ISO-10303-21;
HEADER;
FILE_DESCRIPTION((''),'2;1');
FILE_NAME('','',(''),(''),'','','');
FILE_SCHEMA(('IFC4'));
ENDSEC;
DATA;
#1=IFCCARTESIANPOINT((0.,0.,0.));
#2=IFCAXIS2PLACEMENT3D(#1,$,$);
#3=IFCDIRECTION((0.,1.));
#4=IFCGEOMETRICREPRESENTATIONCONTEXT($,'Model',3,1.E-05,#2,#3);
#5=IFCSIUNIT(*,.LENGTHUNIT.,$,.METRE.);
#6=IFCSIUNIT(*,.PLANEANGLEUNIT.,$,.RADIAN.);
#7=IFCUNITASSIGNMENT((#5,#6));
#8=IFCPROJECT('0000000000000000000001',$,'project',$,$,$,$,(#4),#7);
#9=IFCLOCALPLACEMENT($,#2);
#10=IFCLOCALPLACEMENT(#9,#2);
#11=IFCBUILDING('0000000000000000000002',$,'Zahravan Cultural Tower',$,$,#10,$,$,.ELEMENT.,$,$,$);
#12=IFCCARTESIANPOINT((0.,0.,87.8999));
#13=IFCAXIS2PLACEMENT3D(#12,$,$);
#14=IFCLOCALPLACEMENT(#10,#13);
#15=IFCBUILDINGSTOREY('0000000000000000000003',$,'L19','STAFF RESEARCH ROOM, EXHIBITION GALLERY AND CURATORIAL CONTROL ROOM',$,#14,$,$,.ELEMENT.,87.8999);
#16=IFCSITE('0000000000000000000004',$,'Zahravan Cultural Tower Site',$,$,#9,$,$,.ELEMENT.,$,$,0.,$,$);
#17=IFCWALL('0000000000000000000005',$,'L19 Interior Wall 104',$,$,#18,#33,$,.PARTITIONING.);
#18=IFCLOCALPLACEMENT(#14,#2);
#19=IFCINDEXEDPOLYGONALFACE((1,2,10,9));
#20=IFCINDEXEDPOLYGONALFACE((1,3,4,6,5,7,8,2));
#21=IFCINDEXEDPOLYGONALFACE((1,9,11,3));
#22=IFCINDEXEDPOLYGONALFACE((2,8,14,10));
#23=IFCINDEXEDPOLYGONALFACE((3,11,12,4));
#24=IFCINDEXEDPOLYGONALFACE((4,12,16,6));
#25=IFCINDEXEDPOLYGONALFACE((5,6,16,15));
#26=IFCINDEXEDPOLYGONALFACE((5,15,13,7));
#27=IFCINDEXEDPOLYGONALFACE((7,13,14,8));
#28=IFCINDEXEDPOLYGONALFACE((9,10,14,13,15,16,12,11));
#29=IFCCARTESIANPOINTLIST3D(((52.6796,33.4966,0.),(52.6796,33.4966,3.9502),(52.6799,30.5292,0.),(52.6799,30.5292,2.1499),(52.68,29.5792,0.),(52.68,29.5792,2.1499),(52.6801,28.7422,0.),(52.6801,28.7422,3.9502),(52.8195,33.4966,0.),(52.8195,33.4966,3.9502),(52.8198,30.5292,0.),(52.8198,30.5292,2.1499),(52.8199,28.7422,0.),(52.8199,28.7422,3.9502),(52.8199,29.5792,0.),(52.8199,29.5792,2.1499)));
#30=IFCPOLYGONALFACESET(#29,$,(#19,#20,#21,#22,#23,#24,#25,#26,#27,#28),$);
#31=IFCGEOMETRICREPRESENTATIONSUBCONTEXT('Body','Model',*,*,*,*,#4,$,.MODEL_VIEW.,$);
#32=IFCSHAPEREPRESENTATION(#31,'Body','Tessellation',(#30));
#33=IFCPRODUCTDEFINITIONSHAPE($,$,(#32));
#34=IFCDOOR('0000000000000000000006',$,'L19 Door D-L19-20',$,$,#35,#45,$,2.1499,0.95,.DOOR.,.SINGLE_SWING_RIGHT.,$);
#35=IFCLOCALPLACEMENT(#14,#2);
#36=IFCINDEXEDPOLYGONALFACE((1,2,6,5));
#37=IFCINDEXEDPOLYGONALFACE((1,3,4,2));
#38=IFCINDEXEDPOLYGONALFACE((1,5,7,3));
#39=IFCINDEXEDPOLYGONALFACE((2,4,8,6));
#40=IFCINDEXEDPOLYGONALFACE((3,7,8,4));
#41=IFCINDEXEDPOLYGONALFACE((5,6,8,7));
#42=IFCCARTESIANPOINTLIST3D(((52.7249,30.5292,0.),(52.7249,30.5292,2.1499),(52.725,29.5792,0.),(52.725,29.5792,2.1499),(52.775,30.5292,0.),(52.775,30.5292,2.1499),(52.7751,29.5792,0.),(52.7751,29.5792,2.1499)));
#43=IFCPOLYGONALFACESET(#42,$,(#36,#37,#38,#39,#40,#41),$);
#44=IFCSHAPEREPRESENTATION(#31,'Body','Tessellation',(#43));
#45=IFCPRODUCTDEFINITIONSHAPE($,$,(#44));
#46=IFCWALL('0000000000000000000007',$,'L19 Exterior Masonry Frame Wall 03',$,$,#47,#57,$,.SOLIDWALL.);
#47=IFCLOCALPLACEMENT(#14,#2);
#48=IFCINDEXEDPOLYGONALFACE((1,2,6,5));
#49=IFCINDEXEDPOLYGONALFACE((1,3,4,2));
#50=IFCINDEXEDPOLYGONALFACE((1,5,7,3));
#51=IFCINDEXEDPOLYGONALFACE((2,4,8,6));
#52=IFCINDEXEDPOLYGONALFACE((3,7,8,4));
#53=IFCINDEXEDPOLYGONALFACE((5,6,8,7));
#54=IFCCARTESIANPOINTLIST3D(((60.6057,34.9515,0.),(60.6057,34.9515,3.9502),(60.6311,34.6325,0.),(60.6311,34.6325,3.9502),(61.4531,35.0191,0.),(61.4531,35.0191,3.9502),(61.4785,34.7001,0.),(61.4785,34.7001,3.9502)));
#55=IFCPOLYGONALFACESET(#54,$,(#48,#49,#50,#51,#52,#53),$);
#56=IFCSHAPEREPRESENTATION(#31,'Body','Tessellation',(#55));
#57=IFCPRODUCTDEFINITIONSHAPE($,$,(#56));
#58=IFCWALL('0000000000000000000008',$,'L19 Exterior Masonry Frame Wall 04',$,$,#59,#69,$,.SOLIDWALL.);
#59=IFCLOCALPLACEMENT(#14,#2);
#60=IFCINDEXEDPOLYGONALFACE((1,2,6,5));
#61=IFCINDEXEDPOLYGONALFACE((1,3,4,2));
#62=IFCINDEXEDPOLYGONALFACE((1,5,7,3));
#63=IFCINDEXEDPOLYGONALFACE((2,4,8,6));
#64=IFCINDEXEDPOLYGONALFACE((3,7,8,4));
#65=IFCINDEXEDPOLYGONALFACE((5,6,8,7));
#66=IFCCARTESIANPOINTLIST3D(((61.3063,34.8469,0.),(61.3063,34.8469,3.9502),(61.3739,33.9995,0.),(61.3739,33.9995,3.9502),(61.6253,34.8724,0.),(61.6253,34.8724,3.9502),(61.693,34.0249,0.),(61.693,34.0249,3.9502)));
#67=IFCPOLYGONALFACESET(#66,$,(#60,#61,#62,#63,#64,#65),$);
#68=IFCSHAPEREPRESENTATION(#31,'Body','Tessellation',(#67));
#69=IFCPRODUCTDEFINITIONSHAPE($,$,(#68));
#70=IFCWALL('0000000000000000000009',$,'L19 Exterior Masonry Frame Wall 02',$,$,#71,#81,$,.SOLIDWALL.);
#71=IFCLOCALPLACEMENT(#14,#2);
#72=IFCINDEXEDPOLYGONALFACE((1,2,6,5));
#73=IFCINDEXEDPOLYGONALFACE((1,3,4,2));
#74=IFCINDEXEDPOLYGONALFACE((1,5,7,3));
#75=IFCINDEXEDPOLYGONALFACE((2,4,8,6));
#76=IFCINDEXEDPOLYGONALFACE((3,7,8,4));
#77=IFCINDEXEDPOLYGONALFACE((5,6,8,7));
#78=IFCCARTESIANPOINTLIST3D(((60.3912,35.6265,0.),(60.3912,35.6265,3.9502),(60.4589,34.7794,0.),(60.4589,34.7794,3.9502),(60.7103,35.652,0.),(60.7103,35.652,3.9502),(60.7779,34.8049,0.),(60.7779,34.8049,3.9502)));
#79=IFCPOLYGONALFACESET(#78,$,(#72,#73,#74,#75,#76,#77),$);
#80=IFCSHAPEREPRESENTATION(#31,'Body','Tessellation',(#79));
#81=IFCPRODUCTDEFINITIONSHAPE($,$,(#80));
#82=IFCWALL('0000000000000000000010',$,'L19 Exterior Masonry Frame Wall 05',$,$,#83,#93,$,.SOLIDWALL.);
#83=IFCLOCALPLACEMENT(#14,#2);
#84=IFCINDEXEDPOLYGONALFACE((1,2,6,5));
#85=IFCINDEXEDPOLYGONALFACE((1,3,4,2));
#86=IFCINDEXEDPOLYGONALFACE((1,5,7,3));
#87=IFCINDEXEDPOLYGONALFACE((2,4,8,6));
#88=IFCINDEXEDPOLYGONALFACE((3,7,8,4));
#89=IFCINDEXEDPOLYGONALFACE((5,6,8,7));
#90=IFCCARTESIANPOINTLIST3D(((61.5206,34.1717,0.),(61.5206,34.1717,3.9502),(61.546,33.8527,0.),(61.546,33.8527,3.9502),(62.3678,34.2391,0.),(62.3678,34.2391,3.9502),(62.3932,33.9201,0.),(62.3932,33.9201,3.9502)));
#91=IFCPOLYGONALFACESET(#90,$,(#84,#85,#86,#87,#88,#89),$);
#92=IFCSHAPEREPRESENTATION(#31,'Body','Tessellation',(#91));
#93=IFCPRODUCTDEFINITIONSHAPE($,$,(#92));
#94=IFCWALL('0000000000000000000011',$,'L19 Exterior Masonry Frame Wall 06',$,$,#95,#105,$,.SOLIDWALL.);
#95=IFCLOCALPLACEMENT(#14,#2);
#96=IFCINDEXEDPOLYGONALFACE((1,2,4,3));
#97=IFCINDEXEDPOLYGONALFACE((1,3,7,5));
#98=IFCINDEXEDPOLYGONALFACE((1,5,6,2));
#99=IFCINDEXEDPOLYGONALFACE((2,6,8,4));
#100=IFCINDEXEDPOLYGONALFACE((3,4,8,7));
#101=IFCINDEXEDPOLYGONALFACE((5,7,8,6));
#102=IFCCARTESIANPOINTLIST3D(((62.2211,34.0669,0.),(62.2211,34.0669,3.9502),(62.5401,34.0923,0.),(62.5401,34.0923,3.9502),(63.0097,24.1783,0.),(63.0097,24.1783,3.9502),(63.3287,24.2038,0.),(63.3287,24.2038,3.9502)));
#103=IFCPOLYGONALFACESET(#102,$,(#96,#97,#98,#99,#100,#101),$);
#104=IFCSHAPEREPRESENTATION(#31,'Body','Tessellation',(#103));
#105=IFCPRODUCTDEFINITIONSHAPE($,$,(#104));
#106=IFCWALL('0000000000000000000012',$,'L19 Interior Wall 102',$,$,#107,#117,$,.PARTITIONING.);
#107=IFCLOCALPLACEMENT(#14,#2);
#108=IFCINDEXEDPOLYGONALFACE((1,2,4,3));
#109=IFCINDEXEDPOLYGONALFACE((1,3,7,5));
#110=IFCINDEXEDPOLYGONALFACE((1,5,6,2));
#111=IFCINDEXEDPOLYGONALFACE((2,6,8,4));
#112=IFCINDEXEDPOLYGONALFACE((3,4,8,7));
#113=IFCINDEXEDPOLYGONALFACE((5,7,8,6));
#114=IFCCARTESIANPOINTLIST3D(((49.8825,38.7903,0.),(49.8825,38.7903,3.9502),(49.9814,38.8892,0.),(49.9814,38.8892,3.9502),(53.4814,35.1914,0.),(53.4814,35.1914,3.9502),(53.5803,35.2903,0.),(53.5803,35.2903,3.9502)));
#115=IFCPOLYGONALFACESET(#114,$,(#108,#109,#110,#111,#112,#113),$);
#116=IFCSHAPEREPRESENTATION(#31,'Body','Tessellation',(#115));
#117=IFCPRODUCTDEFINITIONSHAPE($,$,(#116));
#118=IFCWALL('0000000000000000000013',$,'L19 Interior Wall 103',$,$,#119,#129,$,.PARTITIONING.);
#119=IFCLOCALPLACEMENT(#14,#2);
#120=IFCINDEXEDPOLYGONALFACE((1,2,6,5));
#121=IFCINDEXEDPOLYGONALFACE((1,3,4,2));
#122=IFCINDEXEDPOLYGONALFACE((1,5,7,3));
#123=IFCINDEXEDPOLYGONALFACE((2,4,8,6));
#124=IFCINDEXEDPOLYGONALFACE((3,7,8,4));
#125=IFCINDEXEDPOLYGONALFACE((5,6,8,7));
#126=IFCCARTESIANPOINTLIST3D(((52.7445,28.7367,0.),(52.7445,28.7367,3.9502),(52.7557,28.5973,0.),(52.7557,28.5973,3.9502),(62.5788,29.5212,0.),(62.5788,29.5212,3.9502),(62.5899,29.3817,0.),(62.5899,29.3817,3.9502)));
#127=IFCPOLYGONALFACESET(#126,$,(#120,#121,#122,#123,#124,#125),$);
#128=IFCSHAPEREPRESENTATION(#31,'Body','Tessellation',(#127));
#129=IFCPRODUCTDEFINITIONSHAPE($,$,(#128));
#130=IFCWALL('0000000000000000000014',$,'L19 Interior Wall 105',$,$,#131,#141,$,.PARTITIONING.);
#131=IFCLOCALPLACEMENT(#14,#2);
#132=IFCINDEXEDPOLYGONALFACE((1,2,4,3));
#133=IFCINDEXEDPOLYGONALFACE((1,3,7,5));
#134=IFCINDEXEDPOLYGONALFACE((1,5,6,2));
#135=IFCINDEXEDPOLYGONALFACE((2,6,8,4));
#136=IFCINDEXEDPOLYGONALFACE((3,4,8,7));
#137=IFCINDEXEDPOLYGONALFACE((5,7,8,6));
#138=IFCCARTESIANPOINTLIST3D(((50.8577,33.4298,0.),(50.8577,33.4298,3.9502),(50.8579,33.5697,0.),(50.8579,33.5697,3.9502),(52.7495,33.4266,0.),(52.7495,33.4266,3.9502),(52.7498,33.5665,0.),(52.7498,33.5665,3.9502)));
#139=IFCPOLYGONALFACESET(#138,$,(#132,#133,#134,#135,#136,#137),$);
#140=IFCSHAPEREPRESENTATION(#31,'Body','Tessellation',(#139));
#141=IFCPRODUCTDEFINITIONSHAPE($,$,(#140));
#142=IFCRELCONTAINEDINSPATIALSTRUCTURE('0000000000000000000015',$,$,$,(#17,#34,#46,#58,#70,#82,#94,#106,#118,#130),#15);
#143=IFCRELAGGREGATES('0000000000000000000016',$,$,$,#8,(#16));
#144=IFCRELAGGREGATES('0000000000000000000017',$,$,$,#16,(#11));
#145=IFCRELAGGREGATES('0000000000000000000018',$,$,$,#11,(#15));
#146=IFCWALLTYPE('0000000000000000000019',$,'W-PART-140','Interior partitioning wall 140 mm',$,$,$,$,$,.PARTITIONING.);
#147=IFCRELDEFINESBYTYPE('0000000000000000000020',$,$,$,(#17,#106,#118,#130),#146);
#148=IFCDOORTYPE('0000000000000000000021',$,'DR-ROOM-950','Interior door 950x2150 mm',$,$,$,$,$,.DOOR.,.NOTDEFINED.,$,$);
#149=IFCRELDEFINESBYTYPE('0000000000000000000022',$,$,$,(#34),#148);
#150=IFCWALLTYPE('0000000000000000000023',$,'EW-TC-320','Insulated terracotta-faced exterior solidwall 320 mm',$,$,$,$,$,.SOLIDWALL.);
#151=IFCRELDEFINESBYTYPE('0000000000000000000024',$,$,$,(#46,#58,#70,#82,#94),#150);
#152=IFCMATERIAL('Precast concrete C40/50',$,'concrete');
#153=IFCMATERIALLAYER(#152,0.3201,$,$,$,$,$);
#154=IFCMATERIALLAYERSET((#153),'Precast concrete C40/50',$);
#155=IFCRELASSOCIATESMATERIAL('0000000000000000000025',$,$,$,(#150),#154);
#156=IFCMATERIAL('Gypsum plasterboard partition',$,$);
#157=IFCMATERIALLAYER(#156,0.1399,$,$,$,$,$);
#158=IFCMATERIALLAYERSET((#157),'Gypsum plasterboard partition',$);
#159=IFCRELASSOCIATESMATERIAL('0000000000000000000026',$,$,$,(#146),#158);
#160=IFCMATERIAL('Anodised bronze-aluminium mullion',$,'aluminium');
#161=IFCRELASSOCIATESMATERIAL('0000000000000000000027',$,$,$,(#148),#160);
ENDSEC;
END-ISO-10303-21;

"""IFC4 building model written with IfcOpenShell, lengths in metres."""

from ifc_helpers import new_model, si_unit, direction, frame, frame_2d, origin, place, context, subcontext, project, spatial, rectangle, extrude, source, transform, mapped, material, layer, layer_set, type_object, element, fill, save


model = new_model("IFC4")

# Units and contexts
model_context = context("Model", 3, precision=1e-05, world=origin(), true_north=direction((0.0, 1.0)))
body_context = subcontext(model_context, "Body", "Model", "MODEL_VIEW")
ifc_project = project(units=[si_unit("LENGTHUNIT", "METRE"), si_unit("PLANEANGLEUNIT", "RADIAN")], contexts=[model_context])

# Site, building, storey
site_placement = place(None, origin())
site = spatial("IfcSite", under=ifc_project, at=site_placement, Name="Zahravan Cultural Tower Site", CompositionType="ELEMENT", RefElevation=0.0)
building_placement = place(site_placement, origin())
building = spatial("IfcBuilding", under=site, at=building_placement, Name="Zahravan Cultural Tower", CompositionType="ELEMENT")
storey_placement = place(building_placement, frame((0.0, 0.0, 87.8999)))
storey = spatial("IfcBuildingStorey", under=building, at=storey_placement, Name="L19", Description="STAFF RESEARCH ROOM, EXHIBITION GALLERY AND CURATORIAL CONTROL ROOM", CompositionType="ELEMENT", Elevation=87.8999)

# Shared definitions
ifc_material_1 = material(Name="Precast concrete C40/50", Category="concrete")
ifc_layer_1 = layer(ifc_material_1, 0.3201)
ifc_layer_set_1 = layer_set([ifc_layer_1], Name="Precast concrete C40/50")
wall_type_1 = type_object("IfcWallType", Name="EW-TC-320", Description="Insulated terracotta-faced exterior solidwall 320 mm", PredefinedType="SOLIDWALL", material=ifc_layer_set_1)

# Wall, opening, door
ifc_material_2 = material(Name="Gypsum plasterboard partition")
ifc_layer_2 = layer(ifc_material_2, 0.1399)
ifc_layer_set_2 = layer_set([ifc_layer_2], Name="Gypsum plasterboard partition")
wall_type_2 = type_object("IfcWallType", Name="W-PART-140", Description="Interior partitioning wall 140 mm", PredefinedType="PARTITIONING", material=ifc_layer_set_2)
wall_1_placement = place(storey_placement, frame((52.75, 28.7422, 0.0), z_axis=(0.0, 0.0, 1.0), x_axis=(-0.000103, 1.0, 0.0)))
wall_1 = element("IfcWall", 1, at=wall_1_placement, inside=storey, type_object=wall_type_2, Name="L19 Interior Wall 104", PredefinedType="PARTITIONING", context=body_context, shape_type="SweptSolid", body=[
    extrude(rectangle(XDim=4.7544, YDim=0.1399, at=frame_2d((2.3772, 0.0))), origin(), (0.0, 0.0, 1.0), 3.9502),
])
opening_1_placement = place(wall_1_placement, frame((0.8369, 0.0, 0.0)))
opening_1 = element("IfcOpeningElement", 2, at=opening_1_placement, cuts=wall_1, PredefinedType="OPENING", context=body_context, shape_type="SweptSolid", body=[
    extrude(rectangle(XDim=0.95, YDim=2.1499, at=frame_2d((0.4751, 1.075))), frame((0.0, 0.0798, 0.0), z_axis=(0.0, -1.0, 0.0), x_axis=(1.0, 0.0, 0.0)), (0.0, 0.0, 1.0), 0.1599),
])
ifc_material_3 = material(Name="Anodised bronze-aluminium mullion", Category="aluminium")
door_type = type_object("IfcDoorType", Name="DR-ROOM-950", Description="Interior door 950x2150 mm", OperationType="NOTDEFINED", PredefinedType="DOOR", material=ifc_material_3)
shared_shape_1 = source(origin(), body_context, "Body", "SweptSolid", [
    extrude(rectangle(XDim=0.95, YDim=2.1499, at=frame_2d((0.4751, 1.075))), frame((0.0, 0.0249, 0.0), z_axis=(0.0, -1.0, 0.0), x_axis=(1.0, 0.0, 0.0)), (0.0, 0.0, 1.0), 0.05),
])
door_placement = place(opening_1_placement, origin())
door = element("IfcDoor", 3, at=door_placement, inside=storey, type_object=door_type, Name="L19 Door D-L19-20", OperationType="SINGLE_SWING_RIGHT", OverallHeight=2.1499, OverallWidth=0.95, PredefinedType="DOOR", context=body_context, shape_type="MappedRepresentation", body=[
    mapped(shared_shape_1, transform((0.0, 0.0, 0.0), x_axis=(1.0, 0.0, 0.0), y_axis=(0.0, 1.0, 0.0), z_axis=(0.0, 0.0, 1.0), scale=1.0)),
])
fill(opening_1, door)

# Walls
shared_shape_2 = source(origin(), body_context, "Body", "SweptSolid", [
    extrude(rectangle(XDim=0.8501, YDim=0.3201, at=frame_2d((0.425, 0.0))), origin(), (0.0, 0.0, 1.0), 3.9502),
])
for number, where, z_axis, x_axis, name in (
    (4, (60.6184, 34.792, 0.0), (0.0, 0.0, 1.0), (0.996831, 0.079551, 0.0), "L19 Exterior Masonry Frame Wall 03"),
    (5, (61.4658, 34.8596, 0.0), (0.0, 0.0, 1.0), (0.079551, -0.996831, 0.0), "L19 Exterior Masonry Frame Wall 04"),
):
    element("IfcWall", number, at=place(storey_placement, frame(where, z_axis=z_axis, x_axis=x_axis)), inside=storey, type_object=wall_type_1, Name=name, PredefinedType="SOLIDWALL", context=body_context, shape_type="MappedRepresentation", body=[
        mapped(shared_shape_2, transform((0.0, 0.0, 0.0), x_axis=(1.0, 0.0, 0.0), y_axis=(0.0, 1.0, 0.0), z_axis=(0.0, 0.0, 1.0), scale=1.0)),
    ])
shared_shape_3 = source(origin(), body_context, "Body", "SweptSolid", [
    extrude(rectangle(XDim=0.8499, YDim=0.3201, at=frame_2d((0.4248, 0.0))), origin(), (0.0, 0.0, 1.0), 3.9502),
])
for number, where, z_axis, x_axis, name in (
    (6, (60.5508, 35.6392, 0.0), (0.0, 0.0, 1.0), (0.079574, -0.996829, 0.0), "L19 Exterior Masonry Frame Wall 02"),
    (7, (61.5334, 34.0122, 0.0), (0.0, 0.0, 1.0), (0.996852, 0.079288, 0.0), "L19 Exterior Masonry Frame Wall 05"),
):
    element("IfcWall", number, at=place(storey_placement, frame(where, z_axis=z_axis, x_axis=x_axis)), inside=storey, type_object=wall_type_1, Name=name, PredefinedType="SOLIDWALL", context=body_context, shape_type="MappedRepresentation", body=[
        mapped(shared_shape_3, transform((0.0, 0.0, 0.0), x_axis=(1.0, 0.0, 0.0), y_axis=(0.0, 1.0, 0.0), z_axis=(0.0, 0.0, 1.0), scale=1.0)),
    ])
shared_shape_4 = source(origin(), body_context, "Body", "SweptSolid", [
    extrude(rectangle(XDim=9.9199, YDim=0.3201, at=frame_2d((4.96, 0.0))), origin(), (0.0, 0.0, 1.0), 3.9502),
])
wall_2_placement = place(storey_placement, frame((62.3806, 34.0796, 0.0), z_axis=(0.0, 0.0, 1.0), x_axis=(0.079495, -0.996835, 0.0)))
element("IfcWall", 8, at=wall_2_placement, inside=storey, type_object=wall_type_1, Name="L19 Exterior Masonry Frame Wall 06", PredefinedType="SOLIDWALL", context=body_context, shape_type="MappedRepresentation", body=[
    mapped(shared_shape_4, transform((0.0, 0.0, 0.0), x_axis=(1.0, 0.0, 0.0), y_axis=(0.0, 1.0, 0.0), z_axis=(0.0, 0.0, 1.0), scale=1.0)),
])
shared_shape_5 = source(origin(), body_context, "Body", "SweptSolid", [
    extrude(rectangle(XDim=5.0896, YDim=0.1399, at=frame_2d((2.5449, 0.0))), origin(), (0.0, 0.0, 1.0), 3.9502),
])
wall_3_placement = place(storey_placement, frame((49.9319, 38.8398, 0.0), z_axis=(0.0, 0.0, 1.0), x_axis=(0.707107, -0.707107, 0.0)))
element("IfcWall", 9, at=wall_3_placement, inside=storey, type_object=wall_type_2, Name="L19 Interior Wall 102", PredefinedType="PARTITIONING", context=body_context, shape_type="MappedRepresentation", body=[
    mapped(shared_shape_5, transform((0.0, 0.0, 0.0), x_axis=(1.0, 0.0, 0.0), y_axis=(0.0, 1.0, 0.0), z_axis=(0.0, 0.0, 1.0), scale=1.0)),
])
shared_shape_6 = source(origin(), body_context, "Body", "SweptSolid", [
    extrude(rectangle(XDim=9.8655, YDim=0.1399, at=frame_2d((4.9326, 0.0))), origin(), (0.0, 0.0, 1.0), 3.9502),
])
wall_4_placement = place(storey_placement, frame((62.5842, 29.4514, 0.0), z_axis=(0.0, 0.0, 1.0), x_axis=(-0.996834, -0.079512, 0.0)))
element("IfcWall", 10, at=wall_4_placement, inside=storey, type_object=wall_type_2, Name="L19 Interior Wall 103", PredefinedType="PARTITIONING", context=body_context, shape_type="MappedRepresentation", body=[
    mapped(shared_shape_6, transform((0.0, 0.0, 0.0), x_axis=(1.0, 0.0, 0.0), y_axis=(0.0, 1.0, 0.0), z_axis=(0.0, 0.0, 1.0), scale=1.0)),
])
shared_shape_7 = source(origin(), body_context, "Body", "SweptSolid", [
    extrude(rectangle(XDim=1.8918, YDim=0.1399, at=frame_2d((0.9458, 0.0))), origin(), (0.0, 0.0, 1.0), 3.9502),
])
wall_5_placement = place(storey_placement, frame((52.7495, 33.4966, 0.0), z_axis=(0.0, 0.0, 1.0), x_axis=(-0.999999, 0.001678, 0.0)))
element("IfcWall", 11, at=wall_5_placement, inside=storey, type_object=wall_type_2, Name="L19 Interior Wall 105", PredefinedType="PARTITIONING", context=body_context, shape_type="MappedRepresentation", body=[
    mapped(shared_shape_7, transform((0.0, 0.0, 0.0), x_axis=(1.0, 0.0, 0.0), y_axis=(0.0, 1.0, 0.0), z_axis=(0.0, 0.0, 1.0), scale=1.0)),
])

save(model, "model.ifc")
